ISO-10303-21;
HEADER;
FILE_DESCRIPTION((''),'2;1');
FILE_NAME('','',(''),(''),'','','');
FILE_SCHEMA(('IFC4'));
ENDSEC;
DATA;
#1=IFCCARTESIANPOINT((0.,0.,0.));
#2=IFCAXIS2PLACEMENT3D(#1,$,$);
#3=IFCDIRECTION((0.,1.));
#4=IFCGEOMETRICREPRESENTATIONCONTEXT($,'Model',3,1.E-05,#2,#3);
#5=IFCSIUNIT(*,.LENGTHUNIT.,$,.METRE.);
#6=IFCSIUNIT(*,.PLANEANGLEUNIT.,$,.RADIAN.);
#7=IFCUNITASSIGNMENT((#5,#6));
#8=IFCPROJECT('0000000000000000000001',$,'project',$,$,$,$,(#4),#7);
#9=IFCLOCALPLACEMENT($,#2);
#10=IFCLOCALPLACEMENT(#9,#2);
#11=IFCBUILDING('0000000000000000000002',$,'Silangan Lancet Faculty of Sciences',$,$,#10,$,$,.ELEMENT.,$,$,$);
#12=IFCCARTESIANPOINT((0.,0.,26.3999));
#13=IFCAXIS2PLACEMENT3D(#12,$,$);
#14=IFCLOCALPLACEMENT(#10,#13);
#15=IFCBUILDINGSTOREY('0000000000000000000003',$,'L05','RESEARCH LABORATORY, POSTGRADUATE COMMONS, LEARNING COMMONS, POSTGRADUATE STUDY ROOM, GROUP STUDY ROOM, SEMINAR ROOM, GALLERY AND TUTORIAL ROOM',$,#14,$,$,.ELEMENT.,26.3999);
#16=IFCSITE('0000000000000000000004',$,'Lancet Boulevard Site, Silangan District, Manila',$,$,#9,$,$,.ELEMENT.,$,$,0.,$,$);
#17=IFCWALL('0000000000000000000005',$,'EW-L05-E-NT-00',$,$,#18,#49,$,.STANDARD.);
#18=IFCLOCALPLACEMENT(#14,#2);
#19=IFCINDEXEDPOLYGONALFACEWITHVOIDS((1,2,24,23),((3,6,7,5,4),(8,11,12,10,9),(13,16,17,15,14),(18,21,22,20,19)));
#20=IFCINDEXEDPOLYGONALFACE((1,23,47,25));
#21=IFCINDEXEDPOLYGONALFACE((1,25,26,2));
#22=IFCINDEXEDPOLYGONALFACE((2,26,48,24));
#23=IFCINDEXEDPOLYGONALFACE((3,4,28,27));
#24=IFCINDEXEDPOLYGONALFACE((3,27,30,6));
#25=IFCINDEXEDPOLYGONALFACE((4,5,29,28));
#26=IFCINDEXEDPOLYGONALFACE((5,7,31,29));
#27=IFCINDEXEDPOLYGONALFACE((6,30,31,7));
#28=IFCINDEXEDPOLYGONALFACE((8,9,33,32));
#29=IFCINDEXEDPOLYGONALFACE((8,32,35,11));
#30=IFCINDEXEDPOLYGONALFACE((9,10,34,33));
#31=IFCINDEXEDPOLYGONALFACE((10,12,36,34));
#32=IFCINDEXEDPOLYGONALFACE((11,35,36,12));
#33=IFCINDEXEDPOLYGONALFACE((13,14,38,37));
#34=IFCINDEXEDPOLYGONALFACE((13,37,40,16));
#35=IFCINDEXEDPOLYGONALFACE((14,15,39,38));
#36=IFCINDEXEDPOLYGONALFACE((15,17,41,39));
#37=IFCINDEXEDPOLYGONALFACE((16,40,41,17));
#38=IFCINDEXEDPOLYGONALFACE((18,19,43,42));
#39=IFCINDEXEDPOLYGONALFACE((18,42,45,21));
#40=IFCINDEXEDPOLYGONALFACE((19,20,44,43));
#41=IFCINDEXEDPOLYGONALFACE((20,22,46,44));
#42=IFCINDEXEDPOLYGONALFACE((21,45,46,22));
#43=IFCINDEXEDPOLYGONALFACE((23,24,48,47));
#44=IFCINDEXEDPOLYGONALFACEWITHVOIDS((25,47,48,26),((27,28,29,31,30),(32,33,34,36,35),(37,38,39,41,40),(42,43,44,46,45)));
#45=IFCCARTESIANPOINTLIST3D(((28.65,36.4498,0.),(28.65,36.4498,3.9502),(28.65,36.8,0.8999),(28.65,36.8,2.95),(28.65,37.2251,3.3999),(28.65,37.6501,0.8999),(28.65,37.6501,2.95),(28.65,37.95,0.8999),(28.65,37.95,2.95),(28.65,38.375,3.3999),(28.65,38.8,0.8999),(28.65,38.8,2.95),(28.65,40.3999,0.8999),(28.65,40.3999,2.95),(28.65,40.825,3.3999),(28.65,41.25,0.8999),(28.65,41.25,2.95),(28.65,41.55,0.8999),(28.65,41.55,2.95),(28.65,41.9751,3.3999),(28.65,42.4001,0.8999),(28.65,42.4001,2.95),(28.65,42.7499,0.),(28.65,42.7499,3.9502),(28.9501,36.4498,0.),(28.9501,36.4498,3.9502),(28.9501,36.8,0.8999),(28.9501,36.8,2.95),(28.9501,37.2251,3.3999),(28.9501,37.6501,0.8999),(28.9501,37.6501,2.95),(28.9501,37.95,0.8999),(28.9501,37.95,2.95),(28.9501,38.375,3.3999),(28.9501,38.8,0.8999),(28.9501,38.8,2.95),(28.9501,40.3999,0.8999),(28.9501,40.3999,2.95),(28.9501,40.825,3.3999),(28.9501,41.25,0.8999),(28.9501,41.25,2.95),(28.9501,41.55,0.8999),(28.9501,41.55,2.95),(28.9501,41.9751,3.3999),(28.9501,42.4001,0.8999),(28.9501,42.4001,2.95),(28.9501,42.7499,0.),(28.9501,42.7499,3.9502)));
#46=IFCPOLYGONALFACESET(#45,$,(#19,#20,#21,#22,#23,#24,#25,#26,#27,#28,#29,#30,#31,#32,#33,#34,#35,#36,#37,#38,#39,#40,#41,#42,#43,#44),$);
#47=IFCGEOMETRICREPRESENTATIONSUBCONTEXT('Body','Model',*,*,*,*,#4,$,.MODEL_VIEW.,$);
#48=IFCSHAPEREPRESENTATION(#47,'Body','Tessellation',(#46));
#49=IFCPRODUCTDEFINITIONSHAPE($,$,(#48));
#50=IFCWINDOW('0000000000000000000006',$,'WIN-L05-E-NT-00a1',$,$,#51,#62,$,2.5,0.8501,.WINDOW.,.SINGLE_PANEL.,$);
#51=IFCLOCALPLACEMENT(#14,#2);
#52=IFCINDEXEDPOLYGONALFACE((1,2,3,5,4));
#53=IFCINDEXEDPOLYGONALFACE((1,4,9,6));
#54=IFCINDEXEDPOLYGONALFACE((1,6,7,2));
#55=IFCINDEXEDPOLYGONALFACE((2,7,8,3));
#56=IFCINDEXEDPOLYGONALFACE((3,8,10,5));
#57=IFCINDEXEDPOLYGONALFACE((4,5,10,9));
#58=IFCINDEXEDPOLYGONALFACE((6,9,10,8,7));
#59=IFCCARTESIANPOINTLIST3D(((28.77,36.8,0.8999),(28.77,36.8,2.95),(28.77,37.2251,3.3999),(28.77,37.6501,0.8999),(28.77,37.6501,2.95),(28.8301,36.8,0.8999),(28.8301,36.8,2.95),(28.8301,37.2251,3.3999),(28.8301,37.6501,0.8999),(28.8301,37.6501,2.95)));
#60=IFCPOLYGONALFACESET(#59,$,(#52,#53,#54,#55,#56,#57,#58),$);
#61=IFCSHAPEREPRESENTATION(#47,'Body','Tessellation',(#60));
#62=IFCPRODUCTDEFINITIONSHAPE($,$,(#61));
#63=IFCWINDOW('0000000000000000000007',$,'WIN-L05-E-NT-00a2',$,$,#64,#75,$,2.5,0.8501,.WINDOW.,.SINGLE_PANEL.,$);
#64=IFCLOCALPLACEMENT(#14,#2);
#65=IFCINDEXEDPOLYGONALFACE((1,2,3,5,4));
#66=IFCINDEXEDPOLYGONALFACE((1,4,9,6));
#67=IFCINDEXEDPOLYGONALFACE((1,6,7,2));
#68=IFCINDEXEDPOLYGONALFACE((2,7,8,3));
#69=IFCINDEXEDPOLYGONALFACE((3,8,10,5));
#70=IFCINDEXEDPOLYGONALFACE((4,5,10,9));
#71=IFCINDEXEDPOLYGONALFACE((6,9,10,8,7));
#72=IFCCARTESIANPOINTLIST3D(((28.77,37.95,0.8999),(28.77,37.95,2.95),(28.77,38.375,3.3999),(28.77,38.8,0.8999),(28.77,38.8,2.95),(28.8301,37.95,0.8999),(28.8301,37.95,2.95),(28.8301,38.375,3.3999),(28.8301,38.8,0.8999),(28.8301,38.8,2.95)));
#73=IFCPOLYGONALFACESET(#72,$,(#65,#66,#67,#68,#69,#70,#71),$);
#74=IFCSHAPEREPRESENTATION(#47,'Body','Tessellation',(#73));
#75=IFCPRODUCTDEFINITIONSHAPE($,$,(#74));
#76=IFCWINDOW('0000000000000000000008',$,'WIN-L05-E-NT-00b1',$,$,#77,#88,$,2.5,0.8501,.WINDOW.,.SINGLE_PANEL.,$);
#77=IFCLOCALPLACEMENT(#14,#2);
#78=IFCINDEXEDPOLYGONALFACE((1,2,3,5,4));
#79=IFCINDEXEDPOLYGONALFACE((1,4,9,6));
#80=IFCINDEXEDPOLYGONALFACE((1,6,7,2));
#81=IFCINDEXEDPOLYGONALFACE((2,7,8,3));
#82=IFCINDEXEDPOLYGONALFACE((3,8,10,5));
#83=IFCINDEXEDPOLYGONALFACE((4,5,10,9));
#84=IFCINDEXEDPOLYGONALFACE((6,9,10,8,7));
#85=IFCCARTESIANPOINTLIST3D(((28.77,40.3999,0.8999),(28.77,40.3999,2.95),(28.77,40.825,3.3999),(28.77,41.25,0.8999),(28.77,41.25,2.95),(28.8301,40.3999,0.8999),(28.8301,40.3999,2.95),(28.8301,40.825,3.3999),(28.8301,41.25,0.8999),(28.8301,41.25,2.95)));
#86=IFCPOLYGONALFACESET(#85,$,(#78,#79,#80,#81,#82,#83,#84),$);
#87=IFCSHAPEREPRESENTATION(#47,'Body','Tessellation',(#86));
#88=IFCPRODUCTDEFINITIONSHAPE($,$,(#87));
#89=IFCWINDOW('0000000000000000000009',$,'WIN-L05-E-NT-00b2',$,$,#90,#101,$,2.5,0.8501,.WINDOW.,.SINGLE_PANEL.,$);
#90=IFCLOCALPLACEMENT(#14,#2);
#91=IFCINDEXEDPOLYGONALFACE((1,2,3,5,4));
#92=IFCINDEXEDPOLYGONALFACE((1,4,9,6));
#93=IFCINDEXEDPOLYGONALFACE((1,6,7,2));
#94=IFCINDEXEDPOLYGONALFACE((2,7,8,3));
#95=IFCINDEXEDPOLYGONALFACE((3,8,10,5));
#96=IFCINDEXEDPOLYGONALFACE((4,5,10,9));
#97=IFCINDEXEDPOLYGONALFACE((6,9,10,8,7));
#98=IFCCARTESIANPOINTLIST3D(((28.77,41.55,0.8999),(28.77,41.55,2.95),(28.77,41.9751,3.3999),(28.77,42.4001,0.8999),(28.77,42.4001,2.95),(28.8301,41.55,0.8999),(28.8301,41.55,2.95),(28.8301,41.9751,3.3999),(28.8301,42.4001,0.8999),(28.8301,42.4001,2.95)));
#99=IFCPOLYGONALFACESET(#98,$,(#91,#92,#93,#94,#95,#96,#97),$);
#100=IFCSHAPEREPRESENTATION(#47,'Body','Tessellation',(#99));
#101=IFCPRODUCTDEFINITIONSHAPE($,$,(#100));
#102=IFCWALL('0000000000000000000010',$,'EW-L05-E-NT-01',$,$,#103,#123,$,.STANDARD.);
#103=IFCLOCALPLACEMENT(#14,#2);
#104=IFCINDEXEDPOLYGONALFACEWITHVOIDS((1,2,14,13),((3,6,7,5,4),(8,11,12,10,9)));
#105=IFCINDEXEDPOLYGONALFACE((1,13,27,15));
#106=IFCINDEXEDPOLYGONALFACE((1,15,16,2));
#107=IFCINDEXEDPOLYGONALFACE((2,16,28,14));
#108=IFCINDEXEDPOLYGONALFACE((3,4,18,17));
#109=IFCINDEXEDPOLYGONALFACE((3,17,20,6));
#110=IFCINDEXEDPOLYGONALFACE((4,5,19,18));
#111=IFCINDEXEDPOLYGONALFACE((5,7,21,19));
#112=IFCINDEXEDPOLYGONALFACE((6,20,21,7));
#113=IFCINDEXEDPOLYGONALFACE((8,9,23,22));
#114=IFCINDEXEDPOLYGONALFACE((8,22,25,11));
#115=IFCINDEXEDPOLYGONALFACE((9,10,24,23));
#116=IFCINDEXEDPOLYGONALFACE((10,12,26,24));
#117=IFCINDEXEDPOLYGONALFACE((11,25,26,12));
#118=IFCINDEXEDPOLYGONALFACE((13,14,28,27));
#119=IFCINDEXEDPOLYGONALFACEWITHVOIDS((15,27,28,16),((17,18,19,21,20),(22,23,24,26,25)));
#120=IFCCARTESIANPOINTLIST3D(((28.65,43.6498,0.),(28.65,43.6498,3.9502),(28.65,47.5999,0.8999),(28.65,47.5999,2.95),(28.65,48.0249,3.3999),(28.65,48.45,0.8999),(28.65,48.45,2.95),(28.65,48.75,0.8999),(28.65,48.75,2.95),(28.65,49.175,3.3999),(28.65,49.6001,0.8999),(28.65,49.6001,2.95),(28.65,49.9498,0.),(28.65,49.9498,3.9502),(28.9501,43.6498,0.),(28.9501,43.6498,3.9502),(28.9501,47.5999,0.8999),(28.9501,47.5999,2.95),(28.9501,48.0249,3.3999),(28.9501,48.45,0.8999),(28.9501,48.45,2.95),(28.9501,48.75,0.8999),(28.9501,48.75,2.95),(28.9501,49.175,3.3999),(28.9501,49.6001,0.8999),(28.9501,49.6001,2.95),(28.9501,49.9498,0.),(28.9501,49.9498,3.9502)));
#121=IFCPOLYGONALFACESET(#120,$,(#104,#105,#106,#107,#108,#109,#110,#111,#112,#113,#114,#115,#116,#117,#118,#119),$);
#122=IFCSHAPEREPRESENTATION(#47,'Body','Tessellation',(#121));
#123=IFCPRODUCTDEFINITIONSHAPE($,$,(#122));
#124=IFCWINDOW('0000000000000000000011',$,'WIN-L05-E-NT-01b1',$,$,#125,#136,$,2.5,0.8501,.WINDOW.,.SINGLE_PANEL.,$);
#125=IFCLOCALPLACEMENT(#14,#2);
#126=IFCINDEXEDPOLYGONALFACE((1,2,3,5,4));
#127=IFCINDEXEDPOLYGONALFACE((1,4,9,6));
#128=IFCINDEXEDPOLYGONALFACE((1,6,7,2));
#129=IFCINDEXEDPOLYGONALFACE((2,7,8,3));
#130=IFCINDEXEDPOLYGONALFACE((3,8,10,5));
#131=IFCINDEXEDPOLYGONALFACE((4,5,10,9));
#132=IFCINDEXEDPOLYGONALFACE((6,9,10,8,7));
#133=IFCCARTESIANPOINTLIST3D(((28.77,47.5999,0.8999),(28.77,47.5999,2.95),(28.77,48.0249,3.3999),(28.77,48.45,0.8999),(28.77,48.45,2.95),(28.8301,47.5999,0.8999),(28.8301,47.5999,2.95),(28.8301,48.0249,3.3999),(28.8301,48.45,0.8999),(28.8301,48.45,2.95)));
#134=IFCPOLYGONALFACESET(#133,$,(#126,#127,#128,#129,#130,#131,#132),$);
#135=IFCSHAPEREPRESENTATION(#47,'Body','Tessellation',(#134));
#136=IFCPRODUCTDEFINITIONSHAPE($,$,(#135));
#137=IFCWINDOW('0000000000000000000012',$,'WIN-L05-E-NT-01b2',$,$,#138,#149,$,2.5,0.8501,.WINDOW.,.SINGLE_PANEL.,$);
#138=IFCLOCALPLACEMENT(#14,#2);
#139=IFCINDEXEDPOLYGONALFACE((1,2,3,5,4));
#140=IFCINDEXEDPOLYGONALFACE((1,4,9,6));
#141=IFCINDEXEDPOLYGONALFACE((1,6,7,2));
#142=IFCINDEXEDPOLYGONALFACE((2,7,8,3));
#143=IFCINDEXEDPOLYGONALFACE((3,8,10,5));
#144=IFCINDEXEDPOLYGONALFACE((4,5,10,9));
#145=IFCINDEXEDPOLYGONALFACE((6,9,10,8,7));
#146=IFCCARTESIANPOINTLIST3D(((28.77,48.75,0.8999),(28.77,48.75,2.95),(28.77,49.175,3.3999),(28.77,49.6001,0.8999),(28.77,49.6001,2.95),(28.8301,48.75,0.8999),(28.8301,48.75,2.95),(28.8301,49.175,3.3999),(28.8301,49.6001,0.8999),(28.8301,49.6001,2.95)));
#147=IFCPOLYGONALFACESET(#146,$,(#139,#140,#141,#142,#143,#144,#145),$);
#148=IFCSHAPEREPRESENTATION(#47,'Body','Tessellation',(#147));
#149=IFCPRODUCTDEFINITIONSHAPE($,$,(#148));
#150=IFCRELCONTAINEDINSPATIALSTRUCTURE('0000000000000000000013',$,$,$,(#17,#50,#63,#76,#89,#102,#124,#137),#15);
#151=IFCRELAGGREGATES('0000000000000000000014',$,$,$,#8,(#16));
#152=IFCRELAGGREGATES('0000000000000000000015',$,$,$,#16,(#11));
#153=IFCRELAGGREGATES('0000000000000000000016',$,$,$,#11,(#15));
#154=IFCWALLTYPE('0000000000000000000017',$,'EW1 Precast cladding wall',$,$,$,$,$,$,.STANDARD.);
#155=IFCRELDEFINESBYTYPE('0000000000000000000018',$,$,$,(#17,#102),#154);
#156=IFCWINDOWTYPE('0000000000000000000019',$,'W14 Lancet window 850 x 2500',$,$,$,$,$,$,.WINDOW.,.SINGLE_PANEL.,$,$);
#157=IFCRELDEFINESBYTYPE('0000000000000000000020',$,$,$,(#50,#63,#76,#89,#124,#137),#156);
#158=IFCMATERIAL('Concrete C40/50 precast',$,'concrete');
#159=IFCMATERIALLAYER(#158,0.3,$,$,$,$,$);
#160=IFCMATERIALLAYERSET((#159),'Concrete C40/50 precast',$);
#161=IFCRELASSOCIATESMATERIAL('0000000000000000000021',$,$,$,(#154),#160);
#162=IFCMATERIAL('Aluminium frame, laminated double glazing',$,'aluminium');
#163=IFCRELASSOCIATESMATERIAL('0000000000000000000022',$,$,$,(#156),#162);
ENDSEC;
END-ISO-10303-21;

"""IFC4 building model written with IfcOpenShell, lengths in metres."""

from ifc_helpers import new_model, si_unit, direction, frame, frame_2d, origin, place, context, subcontext, project, spatial, polyline, rectangle, outline, extrude, material, layer, layer_set, type_object, element, fill, save


model = new_model("IFC4")

# Units and contexts
model_context = context("Model", 3, precision=1e-05, world=origin(), true_north=direction((0.0, 1.0)))
body_context = subcontext(model_context, "Body", "Model", "MODEL_VIEW")
ifc_project = project(units=[si_unit("LENGTHUNIT", "METRE"), si_unit("PLANEANGLEUNIT", "RADIAN")], contexts=[model_context])

# Site, building, storey
site_placement = place(None, origin())
site = spatial("IfcSite", under=ifc_project, at=site_placement, Name="Lancet Boulevard Site, Silangan District, Manila", CompositionType="ELEMENT", RefElevation=0.0)
building_placement = place(site_placement, origin())
building = spatial("IfcBuilding", under=site, at=building_placement, Name="Silangan Lancet Faculty of Sciences", CompositionType="ELEMENT")
storey_placement = place(building_placement, frame((0.0, 0.0, 26.3999)))
storey = spatial("IfcBuildingStorey", under=building, at=storey_placement, Name="L05", Description="RESEARCH LABORATORY, POSTGRADUATE COMMONS, LEARNING COMMONS, POSTGRADUATE STUDY ROOM, GROUP STUDY ROOM, SEMINAR ROOM, GALLERY AND TUTORIAL ROOM", CompositionType="ELEMENT", Elevation=26.3999)

# Walls, openings, windows
ifc_material_1 = material(Name="Concrete C40/50 precast", Category="concrete")
ifc_layer_1 = layer(ifc_material_1, 0.3)
ifc_layer_set_1 = layer_set([ifc_layer_1], Name="Concrete C40/50 precast")
wall_type_1 = type_object("IfcWallType", Name="EW1 Precast cladding wall", PredefinedType="STANDARD", material=ifc_layer_set_1)
wall_1_placement = place(storey_placement, frame((28.8, 36.45, 0.0), z_axis=(0.0, 0.0, 1.0), x_axis=(0.0, 1.0, 0.0)))
wall_1 = element("IfcWall", 1, at=wall_1_placement, inside=storey, type_object=wall_type_1, Name="EW-L05-E-NT-00", PredefinedType="STANDARD", context=body_context, shape_type="SweptSolid", body=[
    extrude(rectangle(XDim=6.3, YDim=0.3, at=frame_2d((3.1499, 0.0))), origin(), (0.0, 0.0, 1.0), 3.9502),
])
opening_1_placement = place(wall_1_placement, frame((0.3501, 0.0, 0.8999)))
opening_1 = element("IfcOpeningElement", 2, at=opening_1_placement, cuts=wall_1, PredefinedType="OPENING", context=body_context, shape_type="SweptSolid", body=[
    extrude(outline(polyline([(0.0, 0.0), (0.8501, 0.0), (0.8501, 2.05), (0.425, 2.5), (0.0, 2.05), (0.0, 0.0)])), frame((0.0, 0.1599, 0.0), z_axis=(0.0, -1.0, 0.0), x_axis=(1.0, 0.0, 0.0)), (0.0, 0.0, 1.0), 0.3201),
])
opening_2_placement = place(wall_1_placement, frame((1.5, 0.0, 0.8999)))
opening_2 = element("IfcOpeningElement", 3, at=opening_2_placement, cuts=wall_1, PredefinedType="OPENING", context=body_context, shape_type="SweptSolid", body=[
    extrude(outline(polyline([(0.0, 0.0), (0.8501, 0.0), (0.8501, 2.05), (0.425, 2.5), (0.0, 2.05), (0.0, 0.0)])), frame((0.0, 0.1599, 0.0), z_axis=(0.0, -1.0, 0.0), x_axis=(1.0, 0.0, 0.0)), (0.0, 0.0, 1.0), 0.3201),
])
opening_3_placement = place(wall_1_placement, frame((3.95, 0.0, 0.8999)))
opening_3 = element("IfcOpeningElement", 4, at=opening_3_placement, cuts=wall_1, PredefinedType="OPENING", context=body_context, shape_type="SweptSolid", body=[
    extrude(outline(polyline([(0.0, 0.0), (0.8501, 0.0), (0.8501, 2.05), (0.425, 2.5), (0.0, 2.05), (0.0, 0.0)])), frame((0.0, 0.1599, 0.0), z_axis=(0.0, -1.0, 0.0), x_axis=(1.0, 0.0, 0.0)), (0.0, 0.0, 1.0), 0.3201),
])
opening_4_placement = place(wall_1_placement, frame((5.1001, 0.0, 0.8999)))
opening_4 = element("IfcOpeningElement", 5, at=opening_4_placement, cuts=wall_1, PredefinedType="OPENING", context=body_context, shape_type="SweptSolid", body=[
    extrude(outline(polyline([(0.0, 0.0), (0.8501, 0.0), (0.8501, 2.05), (0.425, 2.5), (0.0, 2.05), (0.0, 0.0)])), frame((0.0, 0.1599, 0.0), z_axis=(0.0, -1.0, 0.0), x_axis=(1.0, 0.0, 0.0)), (0.0, 0.0, 1.0), 0.3201),
])
ifc_material_2 = material(Name="Aluminium frame, laminated double glazing", Category="aluminium")
window_type_1 = type_object("IfcWindowType", Name="W14 Lancet window 850 x 2500", PartitioningType="SINGLE_PANEL", PredefinedType="WINDOW", material=ifc_material_2)
window_1_placement = place(opening_1_placement, origin())
window_1 = element("IfcWindow", 6, at=window_1_placement, inside=storey, type_object=window_type_1, Name="WIN-L05-E-NT-00a1", OverallHeight=2.5, OverallWidth=0.8501, PartitioningType="SINGLE_PANEL", PredefinedType="WINDOW", context=body_context, shape_type="SweptSolid", body=[
    extrude(outline(polyline([(0.0, 0.0), (0.8501, 0.0), (0.8501, 2.05), (0.425, 2.5), (0.0, 2.05), (0.0, 0.0)])), frame((0.0, 0.03, 0.0), z_axis=(0.0, -1.0, 0.0), x_axis=(1.0, 0.0, 0.0)), (0.0, 0.0, 1.0), 0.0601),
])
fill(opening_1, window_1)
window_2_placement = place(opening_2_placement, origin())
window_2 = element("IfcWindow", 7, at=window_2_placement, inside=storey, type_object=window_type_1, Name="WIN-L05-E-NT-00a2", OverallHeight=2.5, OverallWidth=0.8501, PartitioningType="SINGLE_PANEL", PredefinedType="WINDOW", context=body_context, shape_type="SweptSolid", body=[
    extrude(outline(polyline([(0.0, 0.0), (0.8501, 0.0), (0.8501, 2.05), (0.425, 2.5), (0.0, 2.05), (0.0, 0.0)])), frame((0.0, 0.03, 0.0), z_axis=(0.0, -1.0, 0.0), x_axis=(1.0, 0.0, 0.0)), (0.0, 0.0, 1.0), 0.0601),
])
fill(opening_2, window_2)
window_3_placement = place(opening_3_placement, origin())
window_3 = element("IfcWindow", 8, at=window_3_placement, inside=storey, type_object=window_type_1, Name="WIN-L05-E-NT-00b1", OverallHeight=2.5, OverallWidth=0.8501, PartitioningType="SINGLE_PANEL", PredefinedType="WINDOW", context=body_context, shape_type="SweptSolid", body=[
    extrude(outline(polyline([(0.0, 0.0), (0.8501, 0.0), (0.8501, 2.05), (0.425, 2.5), (0.0, 2.05), (0.0, 0.0)])), frame((0.0, 0.03, 0.0), z_axis=(0.0, -1.0, 0.0), x_axis=(1.0, 0.0, 0.0)), (0.0, 0.0, 1.0), 0.0601),
])
fill(opening_3, window_3)
window_4_placement = place(opening_4_placement, origin())
window_4 = element("IfcWindow", 9, at=window_4_placement, inside=storey, type_object=window_type_1, Name="WIN-L05-E-NT-00b2", OverallHeight=2.5, OverallWidth=0.8501, PartitioningType="SINGLE_PANEL", PredefinedType="WINDOW", context=body_context, shape_type="SweptSolid", body=[
    extrude(outline(polyline([(0.0, 0.0), (0.8501, 0.0), (0.8501, 2.05), (0.425, 2.5), (0.0, 2.05), (0.0, 0.0)])), frame((0.0, 0.03, 0.0), z_axis=(0.0, -1.0, 0.0), x_axis=(1.0, 0.0, 0.0)), (0.0, 0.0, 1.0), 0.0601),
])
fill(opening_4, window_4)
wall_2_placement = place(storey_placement, frame((28.8, 43.6499, 0.0), z_axis=(0.0, 0.0, 1.0), x_axis=(0.0, 1.0, 0.0)))
wall_2 = element("IfcWall", 10, at=wall_2_placement, inside=storey, type_object=wall_type_1, Name="EW-L05-E-NT-01", PredefinedType="STANDARD", context=body_context, shape_type="SweptSolid", body=[
    extrude(rectangle(XDim=6.3, YDim=0.3, at=frame_2d((3.1499, 0.0))), origin(), (0.0, 0.0, 1.0), 3.9502),
])
opening_5_placement = place(wall_2_placement, frame((3.95, 0.0, 0.8999)))
opening_5 = element("IfcOpeningElement", 11, at=opening_5_placement, cuts=wall_2, PredefinedType="OPENING", context=body_context, shape_type="SweptSolid", body=[
    extrude(outline(polyline([(0.0, 0.0), (0.8501, 0.0), (0.8501, 2.05), (0.425, 2.5), (0.0, 2.05), (0.0, 0.0)])), frame((0.0, 0.1599, 0.0), z_axis=(0.0, -1.0, 0.0), x_axis=(1.0, 0.0, 0.0)), (0.0, 0.0, 1.0), 0.3201),
])
opening_6_placement = place(wall_2_placement, frame((5.1001, 0.0, 0.8999)))
opening_6 = element("IfcOpeningElement", 12, at=opening_6_placement, cuts=wall_2, PredefinedType="OPENING", context=body_context, shape_type="SweptSolid", body=[
    extrude(outline(polyline([(0.0, 0.0), (0.8501, 0.0), (0.8501, 2.05), (0.425, 2.5), (0.0, 2.05), (0.0, 0.0)])), frame((0.0, 0.1599, 0.0), z_axis=(0.0, -1.0, 0.0), x_axis=(1.0, 0.0, 0.0)), (0.0, 0.0, 1.0), 0.3201),
])
window_5_placement = place(opening_5_placement, origin())
window_5 = element("IfcWindow", 13, at=window_5_placement, inside=storey, type_object=window_type_1, Name="WIN-L05-E-NT-01b1", OverallHeight=2.5, OverallWidth=0.8501, PartitioningType="SINGLE_PANEL", PredefinedType="WINDOW", context=body_context, shape_type="SweptSolid", body=[
    extrude(outline(polyline([(0.0, 0.0), (0.8501, 0.0), (0.8501, 2.05), (0.425, 2.5), (0.0, 2.05), (0.0, 0.0)])), frame((0.0, 0.03, 0.0), z_axis=(0.0, -1.0, 0.0), x_axis=(1.0, 0.0, 0.0)), (0.0, 0.0, 1.0), 0.0601),
])
fill(opening_5, window_5)
window_6_placement = place(opening_6_placement, origin())
window_6 = element("IfcWindow", 14, at=window_6_placement, inside=storey, type_object=window_type_1, Name="WIN-L05-E-NT-01b2", OverallHeight=2.5, OverallWidth=0.8501, PartitioningType="SINGLE_PANEL", PredefinedType="WINDOW", context=body_context, shape_type="SweptSolid", body=[
    extrude(outline(polyline([(0.0, 0.0), (0.8501, 0.0), (0.8501, 2.05), (0.425, 2.5), (0.0, 2.05), (0.0, 0.0)])), frame((0.0, 0.03, 0.0), z_axis=(0.0, -1.0, 0.0), x_axis=(1.0, 0.0, 0.0)), (0.0, 0.0, 1.0), 0.0601),
])
fill(opening_6, window_6)

save(model, "model.ifc")
